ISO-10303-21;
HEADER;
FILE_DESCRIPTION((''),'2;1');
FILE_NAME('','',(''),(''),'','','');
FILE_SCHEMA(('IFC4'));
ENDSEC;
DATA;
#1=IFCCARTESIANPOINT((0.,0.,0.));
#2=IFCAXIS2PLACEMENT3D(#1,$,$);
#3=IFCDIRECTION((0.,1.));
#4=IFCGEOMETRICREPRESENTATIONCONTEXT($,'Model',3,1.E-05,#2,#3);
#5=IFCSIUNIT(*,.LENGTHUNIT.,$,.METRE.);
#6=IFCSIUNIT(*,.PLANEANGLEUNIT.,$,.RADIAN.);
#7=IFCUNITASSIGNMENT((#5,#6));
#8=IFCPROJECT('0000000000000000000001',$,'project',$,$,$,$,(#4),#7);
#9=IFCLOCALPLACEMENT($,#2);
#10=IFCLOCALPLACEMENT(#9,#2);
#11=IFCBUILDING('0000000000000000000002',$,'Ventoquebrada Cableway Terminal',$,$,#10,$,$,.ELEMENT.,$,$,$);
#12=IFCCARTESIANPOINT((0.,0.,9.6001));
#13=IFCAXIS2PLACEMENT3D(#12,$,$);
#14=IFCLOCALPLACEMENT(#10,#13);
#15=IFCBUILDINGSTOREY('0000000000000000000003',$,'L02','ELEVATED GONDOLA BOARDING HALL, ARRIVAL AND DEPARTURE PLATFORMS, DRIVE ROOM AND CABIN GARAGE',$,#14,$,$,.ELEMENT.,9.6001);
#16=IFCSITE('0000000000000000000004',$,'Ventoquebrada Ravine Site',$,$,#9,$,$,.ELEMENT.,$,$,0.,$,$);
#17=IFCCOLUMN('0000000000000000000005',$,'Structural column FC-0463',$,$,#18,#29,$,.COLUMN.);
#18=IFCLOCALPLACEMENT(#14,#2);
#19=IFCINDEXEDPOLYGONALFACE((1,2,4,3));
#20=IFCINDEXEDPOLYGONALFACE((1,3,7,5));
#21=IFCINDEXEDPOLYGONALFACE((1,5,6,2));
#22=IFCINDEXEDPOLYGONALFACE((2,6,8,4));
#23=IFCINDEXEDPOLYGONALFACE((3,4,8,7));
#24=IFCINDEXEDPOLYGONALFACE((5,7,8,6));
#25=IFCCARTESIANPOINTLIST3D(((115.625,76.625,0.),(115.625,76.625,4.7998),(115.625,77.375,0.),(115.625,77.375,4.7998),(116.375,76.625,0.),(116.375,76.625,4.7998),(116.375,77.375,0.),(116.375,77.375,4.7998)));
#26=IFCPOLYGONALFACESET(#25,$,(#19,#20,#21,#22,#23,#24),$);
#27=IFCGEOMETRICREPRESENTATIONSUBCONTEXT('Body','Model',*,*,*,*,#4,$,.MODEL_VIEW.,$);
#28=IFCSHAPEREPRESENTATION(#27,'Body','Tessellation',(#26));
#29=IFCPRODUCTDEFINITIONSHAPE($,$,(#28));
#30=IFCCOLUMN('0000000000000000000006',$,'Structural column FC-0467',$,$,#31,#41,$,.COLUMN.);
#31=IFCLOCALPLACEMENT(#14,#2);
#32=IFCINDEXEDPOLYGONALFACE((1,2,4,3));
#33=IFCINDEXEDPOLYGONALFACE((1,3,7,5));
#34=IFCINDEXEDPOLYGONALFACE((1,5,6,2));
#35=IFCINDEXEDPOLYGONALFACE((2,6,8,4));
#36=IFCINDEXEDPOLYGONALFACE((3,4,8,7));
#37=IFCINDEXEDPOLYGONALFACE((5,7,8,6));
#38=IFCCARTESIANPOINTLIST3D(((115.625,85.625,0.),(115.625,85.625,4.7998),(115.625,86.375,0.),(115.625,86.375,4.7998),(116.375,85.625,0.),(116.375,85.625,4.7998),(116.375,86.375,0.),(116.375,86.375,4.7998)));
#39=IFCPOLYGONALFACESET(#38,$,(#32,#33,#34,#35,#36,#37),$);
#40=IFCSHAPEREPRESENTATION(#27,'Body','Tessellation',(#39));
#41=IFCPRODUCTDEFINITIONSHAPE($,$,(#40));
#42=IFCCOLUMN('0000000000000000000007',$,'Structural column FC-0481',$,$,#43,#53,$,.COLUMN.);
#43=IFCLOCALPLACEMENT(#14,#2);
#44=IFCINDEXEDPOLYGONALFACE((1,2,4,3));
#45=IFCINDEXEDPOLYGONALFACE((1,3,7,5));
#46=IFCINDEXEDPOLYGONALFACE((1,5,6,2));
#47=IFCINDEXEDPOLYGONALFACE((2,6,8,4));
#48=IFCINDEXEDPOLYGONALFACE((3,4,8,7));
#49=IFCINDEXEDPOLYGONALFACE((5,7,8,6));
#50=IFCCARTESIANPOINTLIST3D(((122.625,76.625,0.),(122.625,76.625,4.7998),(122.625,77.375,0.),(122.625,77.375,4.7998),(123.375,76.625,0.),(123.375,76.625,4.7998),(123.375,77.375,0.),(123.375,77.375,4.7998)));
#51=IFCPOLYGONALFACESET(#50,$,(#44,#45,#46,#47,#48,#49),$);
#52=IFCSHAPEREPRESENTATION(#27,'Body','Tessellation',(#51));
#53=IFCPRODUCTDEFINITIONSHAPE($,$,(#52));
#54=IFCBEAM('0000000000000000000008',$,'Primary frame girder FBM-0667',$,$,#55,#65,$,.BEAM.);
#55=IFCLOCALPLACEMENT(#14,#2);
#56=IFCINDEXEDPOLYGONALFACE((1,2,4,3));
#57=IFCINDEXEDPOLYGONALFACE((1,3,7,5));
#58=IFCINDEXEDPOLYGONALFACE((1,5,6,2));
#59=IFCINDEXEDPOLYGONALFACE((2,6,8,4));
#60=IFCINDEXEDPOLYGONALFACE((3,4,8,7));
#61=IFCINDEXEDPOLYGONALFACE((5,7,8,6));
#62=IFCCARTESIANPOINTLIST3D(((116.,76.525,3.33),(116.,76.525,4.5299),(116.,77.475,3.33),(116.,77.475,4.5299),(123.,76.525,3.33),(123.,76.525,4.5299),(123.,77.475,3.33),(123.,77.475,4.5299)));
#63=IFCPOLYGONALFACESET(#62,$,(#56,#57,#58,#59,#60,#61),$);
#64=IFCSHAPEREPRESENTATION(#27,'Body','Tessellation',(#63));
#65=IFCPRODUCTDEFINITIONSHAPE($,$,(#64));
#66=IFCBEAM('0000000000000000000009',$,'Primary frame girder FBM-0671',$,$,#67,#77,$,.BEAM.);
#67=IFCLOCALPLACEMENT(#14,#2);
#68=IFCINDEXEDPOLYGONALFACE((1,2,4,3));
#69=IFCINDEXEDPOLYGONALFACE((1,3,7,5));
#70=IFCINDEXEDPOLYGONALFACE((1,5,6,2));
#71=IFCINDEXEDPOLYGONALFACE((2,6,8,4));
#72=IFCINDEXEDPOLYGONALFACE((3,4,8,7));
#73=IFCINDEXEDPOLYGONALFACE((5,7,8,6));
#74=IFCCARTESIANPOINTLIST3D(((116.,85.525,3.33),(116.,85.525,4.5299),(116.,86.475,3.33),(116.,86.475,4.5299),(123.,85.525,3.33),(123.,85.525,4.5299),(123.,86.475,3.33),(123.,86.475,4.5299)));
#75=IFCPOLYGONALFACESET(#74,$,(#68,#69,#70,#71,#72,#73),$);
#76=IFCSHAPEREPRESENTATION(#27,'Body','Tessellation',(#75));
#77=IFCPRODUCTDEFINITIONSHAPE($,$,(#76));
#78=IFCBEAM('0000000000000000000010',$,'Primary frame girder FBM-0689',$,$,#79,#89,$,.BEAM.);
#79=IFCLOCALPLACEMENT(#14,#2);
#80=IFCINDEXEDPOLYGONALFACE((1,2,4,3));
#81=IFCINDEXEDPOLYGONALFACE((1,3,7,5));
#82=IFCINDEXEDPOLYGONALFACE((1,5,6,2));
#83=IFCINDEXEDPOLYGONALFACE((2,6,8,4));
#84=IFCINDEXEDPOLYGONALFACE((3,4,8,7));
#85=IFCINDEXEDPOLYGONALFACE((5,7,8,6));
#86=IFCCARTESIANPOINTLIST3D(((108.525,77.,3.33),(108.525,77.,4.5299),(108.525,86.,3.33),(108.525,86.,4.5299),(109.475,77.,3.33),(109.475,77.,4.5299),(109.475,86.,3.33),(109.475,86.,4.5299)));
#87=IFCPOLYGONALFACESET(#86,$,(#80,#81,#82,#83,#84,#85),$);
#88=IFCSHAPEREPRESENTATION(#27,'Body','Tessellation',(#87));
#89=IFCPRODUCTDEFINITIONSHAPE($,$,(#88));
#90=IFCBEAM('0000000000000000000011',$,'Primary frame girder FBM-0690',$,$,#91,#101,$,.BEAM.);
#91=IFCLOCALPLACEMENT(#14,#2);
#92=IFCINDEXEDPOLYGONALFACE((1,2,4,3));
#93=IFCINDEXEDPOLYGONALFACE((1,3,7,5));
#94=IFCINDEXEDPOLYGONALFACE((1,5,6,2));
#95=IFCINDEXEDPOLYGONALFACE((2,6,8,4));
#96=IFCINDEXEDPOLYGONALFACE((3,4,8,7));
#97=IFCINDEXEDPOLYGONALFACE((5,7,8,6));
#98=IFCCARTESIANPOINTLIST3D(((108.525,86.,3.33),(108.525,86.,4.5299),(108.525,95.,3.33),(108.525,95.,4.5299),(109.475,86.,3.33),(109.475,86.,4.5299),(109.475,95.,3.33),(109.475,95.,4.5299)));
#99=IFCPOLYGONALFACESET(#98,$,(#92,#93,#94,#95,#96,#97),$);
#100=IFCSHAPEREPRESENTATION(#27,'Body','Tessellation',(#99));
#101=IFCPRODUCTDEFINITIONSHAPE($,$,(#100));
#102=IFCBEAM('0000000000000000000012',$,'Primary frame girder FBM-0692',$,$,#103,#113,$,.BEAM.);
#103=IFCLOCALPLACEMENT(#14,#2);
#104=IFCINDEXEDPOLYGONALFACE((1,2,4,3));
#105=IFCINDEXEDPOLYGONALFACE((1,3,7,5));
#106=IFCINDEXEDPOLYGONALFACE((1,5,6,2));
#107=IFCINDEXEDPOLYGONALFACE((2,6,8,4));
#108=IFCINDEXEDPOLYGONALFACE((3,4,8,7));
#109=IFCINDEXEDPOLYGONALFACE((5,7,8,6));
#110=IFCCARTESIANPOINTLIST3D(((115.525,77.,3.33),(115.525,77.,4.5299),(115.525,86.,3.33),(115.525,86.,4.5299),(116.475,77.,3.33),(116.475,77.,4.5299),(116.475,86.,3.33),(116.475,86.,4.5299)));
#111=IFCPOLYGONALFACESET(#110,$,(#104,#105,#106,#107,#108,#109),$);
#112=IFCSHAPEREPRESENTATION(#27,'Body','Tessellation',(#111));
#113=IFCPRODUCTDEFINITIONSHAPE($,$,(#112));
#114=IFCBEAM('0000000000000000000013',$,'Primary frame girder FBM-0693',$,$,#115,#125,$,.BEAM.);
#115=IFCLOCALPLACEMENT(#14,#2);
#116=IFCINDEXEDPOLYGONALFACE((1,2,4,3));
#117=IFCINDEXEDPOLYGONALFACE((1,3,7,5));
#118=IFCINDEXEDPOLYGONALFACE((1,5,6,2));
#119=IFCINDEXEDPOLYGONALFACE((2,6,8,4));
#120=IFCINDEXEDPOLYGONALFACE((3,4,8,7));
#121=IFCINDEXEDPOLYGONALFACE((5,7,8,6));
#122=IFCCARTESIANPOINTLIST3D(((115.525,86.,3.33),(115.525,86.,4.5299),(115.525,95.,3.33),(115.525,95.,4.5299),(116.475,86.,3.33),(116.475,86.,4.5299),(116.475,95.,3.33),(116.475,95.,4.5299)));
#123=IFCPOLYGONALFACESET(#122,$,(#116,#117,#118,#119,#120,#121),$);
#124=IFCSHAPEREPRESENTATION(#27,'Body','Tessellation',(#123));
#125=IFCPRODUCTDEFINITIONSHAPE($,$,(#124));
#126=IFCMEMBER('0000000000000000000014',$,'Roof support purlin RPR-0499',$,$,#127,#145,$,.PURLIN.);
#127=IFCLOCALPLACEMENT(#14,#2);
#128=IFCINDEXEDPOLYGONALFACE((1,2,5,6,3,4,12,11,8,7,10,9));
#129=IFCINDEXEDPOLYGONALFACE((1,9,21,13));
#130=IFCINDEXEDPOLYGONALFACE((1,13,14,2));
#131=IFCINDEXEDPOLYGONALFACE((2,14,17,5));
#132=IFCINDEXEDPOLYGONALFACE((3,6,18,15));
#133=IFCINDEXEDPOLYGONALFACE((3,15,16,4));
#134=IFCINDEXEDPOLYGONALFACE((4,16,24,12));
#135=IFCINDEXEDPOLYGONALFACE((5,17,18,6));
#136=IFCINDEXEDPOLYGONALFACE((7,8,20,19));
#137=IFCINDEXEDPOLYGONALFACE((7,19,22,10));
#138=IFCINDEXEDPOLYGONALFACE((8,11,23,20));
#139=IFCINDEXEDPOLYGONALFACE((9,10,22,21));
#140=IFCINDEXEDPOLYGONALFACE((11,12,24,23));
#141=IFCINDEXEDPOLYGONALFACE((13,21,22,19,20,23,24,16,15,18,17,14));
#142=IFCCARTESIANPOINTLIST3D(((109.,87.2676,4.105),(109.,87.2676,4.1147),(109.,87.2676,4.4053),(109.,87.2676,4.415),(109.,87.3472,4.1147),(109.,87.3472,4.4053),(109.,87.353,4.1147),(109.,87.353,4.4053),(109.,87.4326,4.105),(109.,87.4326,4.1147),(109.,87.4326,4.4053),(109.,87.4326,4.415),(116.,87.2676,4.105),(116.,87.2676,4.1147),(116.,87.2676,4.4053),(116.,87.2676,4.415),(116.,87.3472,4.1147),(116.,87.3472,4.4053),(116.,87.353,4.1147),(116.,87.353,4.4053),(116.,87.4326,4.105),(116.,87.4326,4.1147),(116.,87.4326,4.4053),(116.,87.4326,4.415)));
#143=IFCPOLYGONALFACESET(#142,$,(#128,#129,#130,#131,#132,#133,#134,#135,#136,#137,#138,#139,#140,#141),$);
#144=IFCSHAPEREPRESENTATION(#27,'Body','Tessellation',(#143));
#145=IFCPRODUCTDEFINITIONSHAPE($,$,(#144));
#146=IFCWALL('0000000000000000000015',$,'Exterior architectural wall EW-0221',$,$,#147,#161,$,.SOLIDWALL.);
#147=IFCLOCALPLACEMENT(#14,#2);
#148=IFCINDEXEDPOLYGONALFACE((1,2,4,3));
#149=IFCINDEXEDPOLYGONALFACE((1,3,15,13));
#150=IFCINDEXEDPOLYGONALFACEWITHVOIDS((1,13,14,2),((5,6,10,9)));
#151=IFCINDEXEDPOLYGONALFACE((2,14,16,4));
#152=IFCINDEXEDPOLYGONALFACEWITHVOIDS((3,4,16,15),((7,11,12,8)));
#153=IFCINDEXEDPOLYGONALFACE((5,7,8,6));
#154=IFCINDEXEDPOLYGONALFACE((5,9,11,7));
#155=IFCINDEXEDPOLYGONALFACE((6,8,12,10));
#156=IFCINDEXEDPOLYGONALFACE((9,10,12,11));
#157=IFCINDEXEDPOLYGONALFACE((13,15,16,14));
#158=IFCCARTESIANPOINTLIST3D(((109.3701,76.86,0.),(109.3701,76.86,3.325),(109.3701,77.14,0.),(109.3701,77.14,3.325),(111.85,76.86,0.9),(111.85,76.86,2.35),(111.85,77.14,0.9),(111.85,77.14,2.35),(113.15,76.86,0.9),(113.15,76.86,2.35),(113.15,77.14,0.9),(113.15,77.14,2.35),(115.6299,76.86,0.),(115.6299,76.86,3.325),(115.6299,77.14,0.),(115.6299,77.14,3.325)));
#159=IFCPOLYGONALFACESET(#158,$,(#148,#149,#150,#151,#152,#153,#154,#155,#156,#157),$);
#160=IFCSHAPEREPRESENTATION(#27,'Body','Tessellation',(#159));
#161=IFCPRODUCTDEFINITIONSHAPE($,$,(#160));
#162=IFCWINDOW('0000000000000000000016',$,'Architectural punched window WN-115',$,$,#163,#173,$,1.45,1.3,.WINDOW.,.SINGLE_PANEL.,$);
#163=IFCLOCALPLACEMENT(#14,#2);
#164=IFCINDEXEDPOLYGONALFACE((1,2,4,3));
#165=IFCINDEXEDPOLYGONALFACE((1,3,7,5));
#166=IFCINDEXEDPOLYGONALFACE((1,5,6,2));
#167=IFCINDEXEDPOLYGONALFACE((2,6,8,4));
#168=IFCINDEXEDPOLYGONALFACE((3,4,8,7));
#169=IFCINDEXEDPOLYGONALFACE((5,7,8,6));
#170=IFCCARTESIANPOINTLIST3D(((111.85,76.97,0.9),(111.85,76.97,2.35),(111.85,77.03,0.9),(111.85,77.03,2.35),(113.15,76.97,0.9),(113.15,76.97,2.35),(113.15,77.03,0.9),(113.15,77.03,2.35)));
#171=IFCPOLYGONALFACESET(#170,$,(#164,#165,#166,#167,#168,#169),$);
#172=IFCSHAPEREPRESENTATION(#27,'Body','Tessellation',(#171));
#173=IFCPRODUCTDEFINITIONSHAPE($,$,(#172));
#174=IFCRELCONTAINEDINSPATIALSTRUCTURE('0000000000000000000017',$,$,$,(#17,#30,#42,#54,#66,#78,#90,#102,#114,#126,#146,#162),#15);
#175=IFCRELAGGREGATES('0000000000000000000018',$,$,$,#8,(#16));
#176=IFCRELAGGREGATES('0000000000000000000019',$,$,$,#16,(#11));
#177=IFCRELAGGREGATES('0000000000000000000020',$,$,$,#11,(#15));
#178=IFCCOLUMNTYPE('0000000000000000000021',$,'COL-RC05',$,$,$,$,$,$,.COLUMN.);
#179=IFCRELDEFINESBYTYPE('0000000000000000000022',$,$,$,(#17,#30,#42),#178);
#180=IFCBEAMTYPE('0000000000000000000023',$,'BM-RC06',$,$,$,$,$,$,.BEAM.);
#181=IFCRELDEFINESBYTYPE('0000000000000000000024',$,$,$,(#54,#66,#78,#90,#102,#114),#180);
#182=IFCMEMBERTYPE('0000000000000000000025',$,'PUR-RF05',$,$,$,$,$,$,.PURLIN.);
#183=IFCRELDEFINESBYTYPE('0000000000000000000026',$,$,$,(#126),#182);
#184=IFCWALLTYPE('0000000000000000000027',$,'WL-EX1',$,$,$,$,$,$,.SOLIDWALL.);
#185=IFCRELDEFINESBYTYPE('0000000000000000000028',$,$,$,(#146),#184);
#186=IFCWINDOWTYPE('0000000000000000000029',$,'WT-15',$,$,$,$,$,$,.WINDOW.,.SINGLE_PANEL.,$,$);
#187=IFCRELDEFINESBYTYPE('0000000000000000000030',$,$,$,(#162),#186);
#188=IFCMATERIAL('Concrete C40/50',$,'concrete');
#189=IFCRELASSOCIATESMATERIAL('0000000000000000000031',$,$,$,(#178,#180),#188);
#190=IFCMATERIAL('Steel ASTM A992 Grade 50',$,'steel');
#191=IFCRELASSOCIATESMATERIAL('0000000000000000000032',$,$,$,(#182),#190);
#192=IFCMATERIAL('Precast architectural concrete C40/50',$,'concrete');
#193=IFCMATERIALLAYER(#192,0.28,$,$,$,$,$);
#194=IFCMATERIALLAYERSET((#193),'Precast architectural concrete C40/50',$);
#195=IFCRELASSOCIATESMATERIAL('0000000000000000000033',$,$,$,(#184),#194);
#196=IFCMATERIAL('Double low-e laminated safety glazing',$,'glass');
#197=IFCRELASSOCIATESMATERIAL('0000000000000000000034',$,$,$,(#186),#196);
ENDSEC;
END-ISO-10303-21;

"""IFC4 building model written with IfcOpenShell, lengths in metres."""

from ifc_helpers import new_model, si_unit, direction, frame, frame_2d, origin, origin_2d, place, context, subcontext, project, spatial, rectangle, i_section, extrude, material, layer, layer_set, material_profile, profile_set, type_object, element, fill, save


model = new_model("IFC4")

# Units and contexts
model_context = context("Model", 3, precision=1e-05, world=origin(), true_north=direction((0.0, 1.0)))
body_context = subcontext(model_context, "Body", "Model", "MODEL_VIEW")
ifc_project = project(units=[si_unit("LENGTHUNIT", "METRE"), si_unit("PLANEANGLEUNIT", "RADIAN")], contexts=[model_context])

# Site, building, storey
site_placement = place(None, origin())
site = spatial("IfcSite", under=ifc_project, at=site_placement, Name="Ventoquebrada Ravine Site", CompositionType="ELEMENT", RefElevation=0.0)
building_placement = place(site_placement, origin())
building = spatial("IfcBuilding", under=site, at=building_placement, Name="Ventoquebrada Cableway Terminal", CompositionType="ELEMENT")
storey_placement = place(building_placement, frame((0.0, 0.0, 9.6001)))
storey = spatial("IfcBuildingStorey", under=building, at=storey_placement, Name="L02", Description="ELEVATED GONDOLA BOARDING HALL, ARRIVAL AND DEPARTURE PLATFORMS, DRIVE ROOM AND CABIN GARAGE", CompositionType="ELEMENT", Elevation=9.6001)

# Columns
ifc_material_1 = material(Name="Concrete C40/50", Category="concrete")
ifc_material_profile_1 = material_profile(ifc_material_1, rectangle(XDim=0.75, YDim=0.75, at=origin_2d()), Name="RC-COL-750X750")
ifc_profile_set_1 = profile_set([ifc_material_profile_1], Name="Concrete C40/50")
column_type = type_object("IfcColumnType", Name="COL-RC05", PredefinedType="COLUMN", material=ifc_profile_set_1)
for number, where, z_axis, x_axis, name in (
    (1, (116.0, 77.0, 0.0), (0.0, 0.0, 1.0), (1.0, 0.0, 0.0), "Structural column FC-0463"),
    (2, (116.0, 86.0, 0.0), (0.0, 0.0, 1.0), (1.0, 0.0, 0.0), "Structural column FC-0467"),
    (3, (123.0, 77.0, 0.0), (0.0, 0.0, 1.0), (1.0, 0.0, 0.0), "Structural column FC-0481"),
):
    element("IfcColumn", number, at=place(storey_placement, frame(where, z_axis=z_axis, x_axis=x_axis)), inside=storey, type_object=column_type, Name=name, PredefinedType="COLUMN", context=body_context, shape_type="SweptSolid", body=[
        extrude(rectangle(XDim=0.75, YDim=0.75, at=origin_2d()), origin(), (0.0, 0.0, 1.0), 4.7998),
    ])

# Beams
ifc_material_profile_2 = material_profile(ifc_material_1, rectangle(XDim=0.95, YDim=1.2, at=origin_2d()), Name="RC-BM-950X1200")
ifc_profile_set_2 = profile_set([ifc_material_profile_2], Name="Concrete C40/50")
beam_type = type_object("IfcBeamType", Name="BM-RC06", PredefinedType="BEAM", material=ifc_profile_set_2)
for number, where, z_axis, x_axis, name in (
    (4, (116.0, 77.0, 3.9299), (1.0, 0.0, 0.0), (0.0, 1.0, 0.0), "Primary frame girder FBM-0667"),
    (5, (116.0, 86.0, 3.9299), (1.0, 0.0, 0.0), (0.0, 1.0, 0.0), "Primary frame girder FBM-0671"),
):
    element("IfcBeam", number, at=place(storey_placement, frame(where, z_axis=z_axis, x_axis=x_axis)), inside=storey, type_object=beam_type, Name=name, PredefinedType="BEAM", context=body_context, shape_type="SweptSolid", body=[
        extrude(rectangle(XDim=0.95, YDim=1.2, at=origin_2d()), origin(), (0.0, 0.0, 1.0), 7.0),
    ])
for number, where, z_axis, x_axis, name in (
    (6, (109.0, 77.0, 3.9299), (0.0, 1.0, 0.0), (-1.0, 0.0, 0.0), "Primary frame girder FBM-0689"),
    (7, (109.0, 86.0, 3.9299), (0.0, 1.0, 0.0), (-1.0, 0.0, 0.0), "Primary frame girder FBM-0690"),
    (8, (116.0, 77.0, 3.9299), (0.0, 1.0, 0.0), (-1.0, 0.0, 0.0), "Primary frame girder FBM-0692"),
    (9, (116.0, 86.0, 3.9299), (0.0, 1.0, 0.0), (-1.0, 0.0, 0.0), "Primary frame girder FBM-0693"),
):
    element("IfcBeam", number, at=place(storey_placement, frame(where, z_axis=z_axis, x_axis=x_axis)), inside=storey, type_object=beam_type, Name=name, PredefinedType="BEAM", context=body_context, shape_type="SweptSolid", body=[
        extrude(rectangle(XDim=0.95, YDim=1.2, at=origin_2d()), origin(), (0.0, 0.0, 1.0), 9.0),
    ])

# Member
ifc_material_2 = material(Name="Steel ASTM A992 Grade 50", Category="steel")
ifc_material_profile_3 = material_profile(ifc_material_2, i_section(OverallWidth=0.165, OverallDepth=0.3101, WebThickness=0.0059, FlangeThickness=0.0098, at=origin_2d()), Name="W12X26")
ifc_profile_set_3 = profile_set([ifc_material_profile_3], Name="Steel ASTM A992 Grade 50")
member_type = type_object("IfcMemberType", Name="PUR-RF05", PredefinedType="PURLIN", material=ifc_profile_set_3)
member_placement = place(storey_placement, frame((109.0, 87.3501, 4.26), z_axis=(1.0, 0.0, 0.0), x_axis=(0.0, 1.0, 0.0)))
element("IfcMember", 10, at=member_placement, inside=storey, type_object=member_type, Name="Roof support purlin RPR-0499", PredefinedType="PURLIN", context=body_context, shape_type="SweptSolid", body=[
    extrude(i_section(OverallWidth=0.165, OverallDepth=0.3101, WebThickness=0.0059, FlangeThickness=0.0098, at=origin_2d()), origin(), (0.0, 0.0, 1.0), 7.0),
])

# Wall, opening, window
ifc_material_3 = material(Name="Precast architectural concrete C40/50", Category="concrete")
ifc_layer_1 = layer(ifc_material_3, 0.28)
ifc_layer_set_1 = layer_set([ifc_layer_1], Name="Precast architectural concrete C40/50")
wall_type_1 = type_object("IfcWallType", Name="WL-EX1", PredefinedType="SOLIDWALL", material=ifc_layer_set_1)
wall_1_placement = place(storey_placement, frame((109.3701, 77.0, 0.0), z_axis=(0.0, 0.0, 1.0), x_axis=(1.0, 0.0, 0.0)))
wall_1 = element("IfcWall", 11, at=wall_1_placement, inside=storey, type_object=wall_type_1, Name="Exterior architectural wall EW-0221", PredefinedType="SOLIDWALL", context=body_context, shape_type="SweptSolid", body=[
    extrude(rectangle(XDim=6.2598, YDim=0.28, at=frame_2d((3.1299, 0.0))), origin(), (0.0, 0.0, 1.0), 3.325),
])
opening_1_placement = place(wall_1_placement, frame((2.48, 0.0, 0.8999)))
opening_1 = element("IfcOpeningElement", 12, at=opening_1_placement, cuts=wall_1, PredefinedType="OPENING", context=body_context, shape_type="SweptSolid", body=[
    extrude(rectangle(XDim=1.3, YDim=1.45, at=frame_2d((0.6499, 0.7251))), frame((0.0, 0.1499, 0.0), z_axis=(0.0, -1.0, 0.0), x_axis=(1.0, 0.0, 0.0)), (0.0, 0.0, 1.0), 0.3),
])
ifc_material_4 = material(Name="Double low-e laminated safety glazing", Category="glass")
window_type_1 = type_object("IfcWindowType", Name="WT-15", PartitioningType="SINGLE_PANEL", PredefinedType="WINDOW", material=ifc_material_4)
window_1_placement = place(opening_1_placement, origin())
window_1 = element("IfcWindow", 13, at=window_1_placement, inside=storey, type_object=window_type_1, Name="Architectural punched window WN-115", OverallHeight=1.45, OverallWidth=1.3, PartitioningType="SINGLE_PANEL", PredefinedType="WINDOW", context=body_context, shape_type="SweptSolid", body=[
    extrude(rectangle(XDim=1.3, YDim=1.45, at=frame_2d((0.6499, 0.7251))), frame((0.0, 0.03, 0.0), z_axis=(0.0, -1.0, 0.0), x_axis=(1.0, 0.0, 0.0)), (0.0, 0.0, 1.0), 0.0601),
])
fill(opening_1, window_1)

save(model, "model.ifc")
